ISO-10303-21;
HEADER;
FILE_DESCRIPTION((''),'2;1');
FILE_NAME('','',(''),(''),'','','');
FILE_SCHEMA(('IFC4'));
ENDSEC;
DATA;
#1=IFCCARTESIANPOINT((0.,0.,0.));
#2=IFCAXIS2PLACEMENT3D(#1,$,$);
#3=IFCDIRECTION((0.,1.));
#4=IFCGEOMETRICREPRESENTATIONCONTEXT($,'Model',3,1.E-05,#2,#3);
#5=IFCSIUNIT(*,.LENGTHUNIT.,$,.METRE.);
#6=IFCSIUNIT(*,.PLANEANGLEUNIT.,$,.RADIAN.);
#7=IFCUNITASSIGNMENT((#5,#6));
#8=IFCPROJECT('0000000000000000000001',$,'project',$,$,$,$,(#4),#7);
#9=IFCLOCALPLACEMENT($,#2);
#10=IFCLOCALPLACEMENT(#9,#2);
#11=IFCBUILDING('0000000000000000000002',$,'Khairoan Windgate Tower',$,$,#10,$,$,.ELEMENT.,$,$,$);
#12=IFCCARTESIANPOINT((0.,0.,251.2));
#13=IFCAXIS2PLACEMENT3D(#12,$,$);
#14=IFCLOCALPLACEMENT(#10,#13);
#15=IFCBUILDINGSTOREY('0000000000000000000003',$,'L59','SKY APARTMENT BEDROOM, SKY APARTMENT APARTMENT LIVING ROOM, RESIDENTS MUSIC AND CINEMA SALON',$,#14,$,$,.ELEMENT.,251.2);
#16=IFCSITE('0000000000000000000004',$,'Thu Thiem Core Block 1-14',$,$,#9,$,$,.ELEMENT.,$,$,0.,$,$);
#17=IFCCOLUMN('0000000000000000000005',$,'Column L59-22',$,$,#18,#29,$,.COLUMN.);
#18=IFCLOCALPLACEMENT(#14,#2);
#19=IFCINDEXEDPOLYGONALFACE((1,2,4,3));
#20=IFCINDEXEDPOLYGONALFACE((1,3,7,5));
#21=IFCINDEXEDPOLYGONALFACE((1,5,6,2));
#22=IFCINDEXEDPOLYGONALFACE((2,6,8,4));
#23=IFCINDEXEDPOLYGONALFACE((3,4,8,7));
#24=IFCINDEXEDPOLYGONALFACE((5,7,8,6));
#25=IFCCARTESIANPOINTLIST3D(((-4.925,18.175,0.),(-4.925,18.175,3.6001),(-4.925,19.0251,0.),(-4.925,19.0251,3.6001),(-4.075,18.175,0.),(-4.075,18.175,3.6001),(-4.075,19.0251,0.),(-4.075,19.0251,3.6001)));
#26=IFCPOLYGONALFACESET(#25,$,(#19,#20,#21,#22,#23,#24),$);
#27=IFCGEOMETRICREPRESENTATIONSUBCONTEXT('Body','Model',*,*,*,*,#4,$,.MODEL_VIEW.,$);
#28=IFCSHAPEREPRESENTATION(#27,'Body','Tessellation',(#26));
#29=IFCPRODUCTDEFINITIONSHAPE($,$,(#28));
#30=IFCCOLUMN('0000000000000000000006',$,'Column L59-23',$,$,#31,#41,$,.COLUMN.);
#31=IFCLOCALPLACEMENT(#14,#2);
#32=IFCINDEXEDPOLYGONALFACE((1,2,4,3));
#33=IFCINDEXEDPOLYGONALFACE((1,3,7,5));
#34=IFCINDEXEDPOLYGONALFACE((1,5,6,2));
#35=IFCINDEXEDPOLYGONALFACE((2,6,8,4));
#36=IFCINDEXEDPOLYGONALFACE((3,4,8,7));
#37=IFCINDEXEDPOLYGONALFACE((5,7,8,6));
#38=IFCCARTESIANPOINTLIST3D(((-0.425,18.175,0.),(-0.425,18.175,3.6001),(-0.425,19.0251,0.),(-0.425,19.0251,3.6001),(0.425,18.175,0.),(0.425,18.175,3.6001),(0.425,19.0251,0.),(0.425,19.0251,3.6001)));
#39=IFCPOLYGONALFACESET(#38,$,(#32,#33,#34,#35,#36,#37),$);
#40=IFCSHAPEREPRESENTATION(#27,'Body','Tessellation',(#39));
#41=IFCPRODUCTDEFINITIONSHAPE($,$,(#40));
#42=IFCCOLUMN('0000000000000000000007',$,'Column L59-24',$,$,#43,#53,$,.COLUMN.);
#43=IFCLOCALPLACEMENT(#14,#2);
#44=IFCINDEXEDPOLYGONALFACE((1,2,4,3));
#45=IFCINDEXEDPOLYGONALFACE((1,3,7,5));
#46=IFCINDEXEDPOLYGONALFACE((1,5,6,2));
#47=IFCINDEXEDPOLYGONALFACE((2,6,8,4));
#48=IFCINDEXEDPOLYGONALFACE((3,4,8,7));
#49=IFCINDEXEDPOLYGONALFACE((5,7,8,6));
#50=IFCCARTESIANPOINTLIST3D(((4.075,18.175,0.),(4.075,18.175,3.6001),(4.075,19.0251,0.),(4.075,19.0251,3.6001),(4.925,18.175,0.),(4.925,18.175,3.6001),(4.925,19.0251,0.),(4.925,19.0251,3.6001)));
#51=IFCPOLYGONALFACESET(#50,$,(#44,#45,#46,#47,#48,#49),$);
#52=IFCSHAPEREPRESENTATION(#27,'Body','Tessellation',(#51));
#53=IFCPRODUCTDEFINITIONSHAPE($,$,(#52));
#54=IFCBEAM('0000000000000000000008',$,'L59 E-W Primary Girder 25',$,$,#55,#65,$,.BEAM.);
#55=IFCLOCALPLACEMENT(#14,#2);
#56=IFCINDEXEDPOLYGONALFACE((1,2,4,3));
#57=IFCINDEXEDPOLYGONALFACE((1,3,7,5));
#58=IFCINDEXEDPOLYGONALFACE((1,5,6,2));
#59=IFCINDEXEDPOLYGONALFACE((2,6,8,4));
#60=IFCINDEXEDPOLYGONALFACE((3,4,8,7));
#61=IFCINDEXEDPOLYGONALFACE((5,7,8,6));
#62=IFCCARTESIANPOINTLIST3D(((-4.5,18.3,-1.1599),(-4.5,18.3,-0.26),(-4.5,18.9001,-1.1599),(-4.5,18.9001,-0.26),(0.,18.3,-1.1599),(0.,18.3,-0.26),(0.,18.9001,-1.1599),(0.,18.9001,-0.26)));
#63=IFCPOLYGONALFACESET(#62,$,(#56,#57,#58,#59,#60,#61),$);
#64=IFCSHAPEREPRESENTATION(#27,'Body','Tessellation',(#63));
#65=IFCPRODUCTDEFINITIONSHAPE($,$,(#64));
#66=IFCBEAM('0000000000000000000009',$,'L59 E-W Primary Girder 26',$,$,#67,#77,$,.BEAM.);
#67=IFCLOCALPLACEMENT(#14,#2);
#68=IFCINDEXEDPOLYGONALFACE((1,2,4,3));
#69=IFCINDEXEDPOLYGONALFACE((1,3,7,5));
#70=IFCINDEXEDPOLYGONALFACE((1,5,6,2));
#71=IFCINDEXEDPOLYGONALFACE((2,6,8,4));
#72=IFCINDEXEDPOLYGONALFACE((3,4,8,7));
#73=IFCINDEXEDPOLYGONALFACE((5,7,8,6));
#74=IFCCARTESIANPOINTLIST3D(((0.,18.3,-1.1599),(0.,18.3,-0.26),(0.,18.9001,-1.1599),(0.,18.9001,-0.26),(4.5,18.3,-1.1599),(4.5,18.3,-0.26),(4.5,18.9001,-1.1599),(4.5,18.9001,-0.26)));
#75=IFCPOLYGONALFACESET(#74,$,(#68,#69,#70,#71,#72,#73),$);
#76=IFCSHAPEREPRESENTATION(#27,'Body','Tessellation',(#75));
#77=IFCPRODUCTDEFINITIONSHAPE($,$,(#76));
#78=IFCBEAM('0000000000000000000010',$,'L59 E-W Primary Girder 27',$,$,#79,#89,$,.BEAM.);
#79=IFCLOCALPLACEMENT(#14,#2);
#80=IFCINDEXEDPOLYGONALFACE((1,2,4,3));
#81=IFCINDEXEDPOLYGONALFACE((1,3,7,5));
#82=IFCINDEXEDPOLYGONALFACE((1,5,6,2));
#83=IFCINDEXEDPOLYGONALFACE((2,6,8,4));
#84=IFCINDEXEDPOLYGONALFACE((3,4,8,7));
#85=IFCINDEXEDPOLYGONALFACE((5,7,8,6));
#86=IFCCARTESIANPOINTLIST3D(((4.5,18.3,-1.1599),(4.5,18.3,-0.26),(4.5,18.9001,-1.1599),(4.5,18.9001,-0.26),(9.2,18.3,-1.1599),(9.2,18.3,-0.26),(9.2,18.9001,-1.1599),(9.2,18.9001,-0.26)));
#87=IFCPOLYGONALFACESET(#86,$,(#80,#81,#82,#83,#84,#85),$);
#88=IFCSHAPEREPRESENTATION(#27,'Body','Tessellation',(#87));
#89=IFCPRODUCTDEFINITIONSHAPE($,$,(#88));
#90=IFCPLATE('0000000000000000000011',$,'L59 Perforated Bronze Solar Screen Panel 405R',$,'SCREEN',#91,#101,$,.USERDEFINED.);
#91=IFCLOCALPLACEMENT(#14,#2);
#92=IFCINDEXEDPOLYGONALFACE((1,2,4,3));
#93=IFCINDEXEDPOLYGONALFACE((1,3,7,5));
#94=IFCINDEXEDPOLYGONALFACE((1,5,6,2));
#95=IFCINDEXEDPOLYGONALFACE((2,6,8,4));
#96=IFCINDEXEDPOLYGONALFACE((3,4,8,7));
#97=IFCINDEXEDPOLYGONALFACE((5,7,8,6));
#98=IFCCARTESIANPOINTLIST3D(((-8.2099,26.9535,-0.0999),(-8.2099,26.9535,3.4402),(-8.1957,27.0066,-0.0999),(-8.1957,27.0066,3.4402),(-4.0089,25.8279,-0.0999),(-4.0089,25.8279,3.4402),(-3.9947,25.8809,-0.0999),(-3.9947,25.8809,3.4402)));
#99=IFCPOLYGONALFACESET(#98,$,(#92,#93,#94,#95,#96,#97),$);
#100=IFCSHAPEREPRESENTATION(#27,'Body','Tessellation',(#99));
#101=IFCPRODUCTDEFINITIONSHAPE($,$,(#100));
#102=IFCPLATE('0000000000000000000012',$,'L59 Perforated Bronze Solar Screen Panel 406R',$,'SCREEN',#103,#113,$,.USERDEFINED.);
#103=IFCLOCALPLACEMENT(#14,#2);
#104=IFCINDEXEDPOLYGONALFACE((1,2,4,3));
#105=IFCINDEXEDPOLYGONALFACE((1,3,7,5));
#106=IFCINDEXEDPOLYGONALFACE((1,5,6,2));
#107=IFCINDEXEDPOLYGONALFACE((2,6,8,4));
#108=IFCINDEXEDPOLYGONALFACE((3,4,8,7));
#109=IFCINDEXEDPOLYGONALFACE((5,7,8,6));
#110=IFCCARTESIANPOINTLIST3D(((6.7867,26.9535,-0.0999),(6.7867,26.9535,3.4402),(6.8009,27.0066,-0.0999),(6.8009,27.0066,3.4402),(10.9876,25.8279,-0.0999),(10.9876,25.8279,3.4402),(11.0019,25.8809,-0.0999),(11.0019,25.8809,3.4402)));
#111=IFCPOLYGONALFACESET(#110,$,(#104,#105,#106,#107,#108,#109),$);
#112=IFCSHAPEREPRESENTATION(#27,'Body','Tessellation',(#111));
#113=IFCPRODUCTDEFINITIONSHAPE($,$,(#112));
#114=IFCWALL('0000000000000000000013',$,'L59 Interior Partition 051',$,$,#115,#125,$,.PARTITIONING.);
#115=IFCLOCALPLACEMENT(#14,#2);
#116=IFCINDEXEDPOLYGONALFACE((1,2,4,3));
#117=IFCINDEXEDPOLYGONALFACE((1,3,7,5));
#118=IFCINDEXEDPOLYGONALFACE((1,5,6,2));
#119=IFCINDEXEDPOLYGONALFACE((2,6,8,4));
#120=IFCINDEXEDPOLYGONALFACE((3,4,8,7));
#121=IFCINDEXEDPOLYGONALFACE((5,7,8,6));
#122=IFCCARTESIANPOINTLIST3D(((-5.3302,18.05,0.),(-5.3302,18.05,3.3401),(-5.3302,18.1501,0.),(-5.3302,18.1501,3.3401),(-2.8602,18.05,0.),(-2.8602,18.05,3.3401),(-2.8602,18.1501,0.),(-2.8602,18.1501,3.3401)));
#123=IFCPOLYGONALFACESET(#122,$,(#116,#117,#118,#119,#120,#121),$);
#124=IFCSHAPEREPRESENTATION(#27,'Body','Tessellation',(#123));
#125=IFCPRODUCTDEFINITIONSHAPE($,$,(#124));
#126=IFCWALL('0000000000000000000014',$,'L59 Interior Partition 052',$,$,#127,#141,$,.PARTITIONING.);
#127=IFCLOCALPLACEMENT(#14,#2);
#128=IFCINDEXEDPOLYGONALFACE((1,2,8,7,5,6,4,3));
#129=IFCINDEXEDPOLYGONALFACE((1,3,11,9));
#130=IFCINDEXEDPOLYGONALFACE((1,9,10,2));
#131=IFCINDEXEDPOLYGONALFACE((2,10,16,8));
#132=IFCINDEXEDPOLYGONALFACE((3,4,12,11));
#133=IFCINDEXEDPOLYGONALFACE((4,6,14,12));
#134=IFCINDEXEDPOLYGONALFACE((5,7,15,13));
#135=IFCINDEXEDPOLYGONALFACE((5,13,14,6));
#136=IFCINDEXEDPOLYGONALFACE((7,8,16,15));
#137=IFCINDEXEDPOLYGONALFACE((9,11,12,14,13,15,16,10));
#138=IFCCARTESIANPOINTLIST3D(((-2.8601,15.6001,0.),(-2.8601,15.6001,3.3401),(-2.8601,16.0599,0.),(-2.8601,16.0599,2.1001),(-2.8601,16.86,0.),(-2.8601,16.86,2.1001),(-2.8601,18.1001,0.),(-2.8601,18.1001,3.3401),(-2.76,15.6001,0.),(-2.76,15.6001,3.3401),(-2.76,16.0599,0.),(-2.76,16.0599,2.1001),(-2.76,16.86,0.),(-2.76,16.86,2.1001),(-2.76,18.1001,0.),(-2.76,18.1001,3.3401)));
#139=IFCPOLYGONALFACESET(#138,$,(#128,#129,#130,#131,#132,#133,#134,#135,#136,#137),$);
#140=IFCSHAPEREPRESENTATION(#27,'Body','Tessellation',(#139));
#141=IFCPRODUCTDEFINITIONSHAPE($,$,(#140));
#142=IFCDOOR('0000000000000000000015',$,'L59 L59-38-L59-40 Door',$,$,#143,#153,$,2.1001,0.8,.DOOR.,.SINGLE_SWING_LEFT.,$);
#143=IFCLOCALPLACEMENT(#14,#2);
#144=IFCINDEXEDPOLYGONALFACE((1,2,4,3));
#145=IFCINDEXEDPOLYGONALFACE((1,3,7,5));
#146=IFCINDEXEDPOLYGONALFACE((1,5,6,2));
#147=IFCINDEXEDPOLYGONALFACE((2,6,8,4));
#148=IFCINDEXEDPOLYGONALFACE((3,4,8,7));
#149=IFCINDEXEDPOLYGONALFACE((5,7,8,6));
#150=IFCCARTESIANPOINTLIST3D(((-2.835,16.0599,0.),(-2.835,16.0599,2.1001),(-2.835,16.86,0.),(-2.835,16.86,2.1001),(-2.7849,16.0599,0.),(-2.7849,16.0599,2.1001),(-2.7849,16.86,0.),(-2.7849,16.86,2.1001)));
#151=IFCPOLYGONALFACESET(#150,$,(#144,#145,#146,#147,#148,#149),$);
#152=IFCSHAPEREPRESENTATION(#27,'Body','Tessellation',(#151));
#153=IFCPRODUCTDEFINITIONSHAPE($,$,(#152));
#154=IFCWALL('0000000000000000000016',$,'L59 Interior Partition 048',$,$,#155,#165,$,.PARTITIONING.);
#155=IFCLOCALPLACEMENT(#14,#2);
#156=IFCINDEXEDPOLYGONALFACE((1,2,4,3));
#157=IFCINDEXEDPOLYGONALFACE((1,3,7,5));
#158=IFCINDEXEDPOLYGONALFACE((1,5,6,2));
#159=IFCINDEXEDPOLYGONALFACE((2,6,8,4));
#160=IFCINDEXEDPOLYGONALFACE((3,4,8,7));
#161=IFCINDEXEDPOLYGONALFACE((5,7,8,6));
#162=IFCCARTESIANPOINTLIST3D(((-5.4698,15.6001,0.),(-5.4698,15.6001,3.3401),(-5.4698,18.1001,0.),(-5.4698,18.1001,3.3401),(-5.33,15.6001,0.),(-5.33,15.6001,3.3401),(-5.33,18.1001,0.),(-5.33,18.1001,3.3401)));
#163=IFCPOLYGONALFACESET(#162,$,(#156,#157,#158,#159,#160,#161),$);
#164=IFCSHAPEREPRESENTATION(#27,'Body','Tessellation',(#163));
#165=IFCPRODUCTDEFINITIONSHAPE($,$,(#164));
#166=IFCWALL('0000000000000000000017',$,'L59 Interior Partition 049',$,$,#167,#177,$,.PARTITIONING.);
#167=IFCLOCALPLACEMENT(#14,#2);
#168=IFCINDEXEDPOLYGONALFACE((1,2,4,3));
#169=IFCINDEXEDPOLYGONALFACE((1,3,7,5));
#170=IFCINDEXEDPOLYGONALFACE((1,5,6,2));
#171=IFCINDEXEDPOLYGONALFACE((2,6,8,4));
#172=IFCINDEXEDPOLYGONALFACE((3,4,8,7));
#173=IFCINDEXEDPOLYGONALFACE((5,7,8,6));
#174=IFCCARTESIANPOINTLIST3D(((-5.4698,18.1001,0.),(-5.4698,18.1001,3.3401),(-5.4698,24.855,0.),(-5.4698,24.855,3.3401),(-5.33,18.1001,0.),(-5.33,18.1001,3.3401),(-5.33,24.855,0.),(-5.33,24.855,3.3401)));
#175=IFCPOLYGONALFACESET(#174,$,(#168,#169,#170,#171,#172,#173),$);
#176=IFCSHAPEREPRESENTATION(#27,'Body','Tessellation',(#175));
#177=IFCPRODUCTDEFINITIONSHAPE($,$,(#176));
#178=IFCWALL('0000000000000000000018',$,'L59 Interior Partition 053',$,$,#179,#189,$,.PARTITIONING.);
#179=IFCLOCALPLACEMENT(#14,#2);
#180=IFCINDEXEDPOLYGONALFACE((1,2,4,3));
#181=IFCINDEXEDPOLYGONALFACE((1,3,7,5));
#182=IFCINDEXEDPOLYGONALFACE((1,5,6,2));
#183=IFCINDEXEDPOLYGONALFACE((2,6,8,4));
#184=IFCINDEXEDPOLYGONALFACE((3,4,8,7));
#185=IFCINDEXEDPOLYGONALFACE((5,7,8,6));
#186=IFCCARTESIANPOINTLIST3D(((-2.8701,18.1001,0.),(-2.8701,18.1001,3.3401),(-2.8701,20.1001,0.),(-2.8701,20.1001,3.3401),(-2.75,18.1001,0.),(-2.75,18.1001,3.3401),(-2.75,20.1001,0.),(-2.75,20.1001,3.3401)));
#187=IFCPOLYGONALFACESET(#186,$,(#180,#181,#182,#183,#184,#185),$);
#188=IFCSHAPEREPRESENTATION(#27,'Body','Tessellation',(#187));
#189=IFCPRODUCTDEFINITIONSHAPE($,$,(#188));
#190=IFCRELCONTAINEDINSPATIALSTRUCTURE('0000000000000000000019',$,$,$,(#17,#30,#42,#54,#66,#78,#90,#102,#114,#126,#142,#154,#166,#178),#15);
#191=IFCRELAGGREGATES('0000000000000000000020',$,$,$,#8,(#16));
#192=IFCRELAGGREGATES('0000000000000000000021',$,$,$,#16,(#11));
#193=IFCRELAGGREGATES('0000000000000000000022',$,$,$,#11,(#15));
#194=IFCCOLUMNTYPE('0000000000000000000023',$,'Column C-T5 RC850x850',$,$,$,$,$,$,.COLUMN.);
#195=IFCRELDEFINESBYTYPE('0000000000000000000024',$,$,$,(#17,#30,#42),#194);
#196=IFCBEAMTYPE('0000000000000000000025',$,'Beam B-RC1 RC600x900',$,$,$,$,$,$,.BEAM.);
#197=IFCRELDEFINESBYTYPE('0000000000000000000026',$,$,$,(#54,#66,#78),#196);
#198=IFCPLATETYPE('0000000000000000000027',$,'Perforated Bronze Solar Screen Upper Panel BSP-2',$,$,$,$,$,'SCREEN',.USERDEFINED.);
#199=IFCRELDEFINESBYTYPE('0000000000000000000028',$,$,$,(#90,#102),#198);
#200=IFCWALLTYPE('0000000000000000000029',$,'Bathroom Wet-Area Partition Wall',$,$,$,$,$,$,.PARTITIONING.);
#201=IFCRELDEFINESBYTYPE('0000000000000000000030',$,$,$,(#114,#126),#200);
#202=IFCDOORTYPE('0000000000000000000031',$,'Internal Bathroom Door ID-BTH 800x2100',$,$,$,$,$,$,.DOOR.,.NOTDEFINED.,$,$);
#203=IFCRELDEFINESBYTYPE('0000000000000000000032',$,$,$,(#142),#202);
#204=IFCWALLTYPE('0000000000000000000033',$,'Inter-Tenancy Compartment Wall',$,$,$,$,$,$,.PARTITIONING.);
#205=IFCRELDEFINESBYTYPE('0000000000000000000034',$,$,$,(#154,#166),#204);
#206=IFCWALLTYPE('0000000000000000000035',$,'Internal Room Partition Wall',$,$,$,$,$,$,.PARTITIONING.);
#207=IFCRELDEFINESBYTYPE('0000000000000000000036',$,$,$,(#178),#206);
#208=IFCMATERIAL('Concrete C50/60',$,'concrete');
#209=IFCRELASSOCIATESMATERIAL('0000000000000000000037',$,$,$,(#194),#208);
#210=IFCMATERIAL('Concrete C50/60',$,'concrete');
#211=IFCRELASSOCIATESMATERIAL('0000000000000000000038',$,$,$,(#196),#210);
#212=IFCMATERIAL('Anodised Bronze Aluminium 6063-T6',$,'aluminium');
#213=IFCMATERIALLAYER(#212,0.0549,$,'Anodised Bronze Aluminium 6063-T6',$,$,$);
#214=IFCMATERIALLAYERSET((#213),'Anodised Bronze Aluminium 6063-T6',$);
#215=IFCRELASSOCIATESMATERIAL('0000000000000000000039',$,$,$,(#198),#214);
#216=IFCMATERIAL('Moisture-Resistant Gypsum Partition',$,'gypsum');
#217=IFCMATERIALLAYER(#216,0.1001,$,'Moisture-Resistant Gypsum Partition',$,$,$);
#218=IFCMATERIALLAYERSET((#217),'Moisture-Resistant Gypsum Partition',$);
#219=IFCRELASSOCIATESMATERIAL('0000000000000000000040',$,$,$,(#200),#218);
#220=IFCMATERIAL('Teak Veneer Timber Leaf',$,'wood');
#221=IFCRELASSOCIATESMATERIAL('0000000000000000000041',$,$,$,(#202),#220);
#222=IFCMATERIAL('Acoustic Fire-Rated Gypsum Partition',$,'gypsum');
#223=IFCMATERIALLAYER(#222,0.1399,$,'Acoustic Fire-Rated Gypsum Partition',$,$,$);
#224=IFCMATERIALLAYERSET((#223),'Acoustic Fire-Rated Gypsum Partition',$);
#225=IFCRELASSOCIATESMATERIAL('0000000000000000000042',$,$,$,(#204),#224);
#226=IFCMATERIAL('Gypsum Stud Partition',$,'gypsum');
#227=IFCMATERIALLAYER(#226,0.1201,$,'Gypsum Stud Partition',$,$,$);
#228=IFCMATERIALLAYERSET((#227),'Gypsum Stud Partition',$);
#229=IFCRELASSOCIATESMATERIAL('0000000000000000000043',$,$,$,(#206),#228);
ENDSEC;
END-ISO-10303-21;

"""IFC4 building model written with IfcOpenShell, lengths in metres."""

from ifc_helpers import new_model, si_unit, direction, frame, frame_2d, origin, origin_2d, place, context, subcontext, project, spatial, rectangle, extrude, material, layer, layer_set, material_profile, profile_set, type_object, element, fill, save


model = new_model("IFC4")

# Units and contexts
model_context = context("Model", 3, precision=1e-05, world=origin(), true_north=direction((0.0, 1.0)))
body_context = subcontext(model_context, "Body", "Model", "MODEL_VIEW")
ifc_project = project(units=[si_unit("LENGTHUNIT", "METRE"), si_unit("PLANEANGLEUNIT", "RADIAN")], contexts=[model_context])

# Site, building, storey
site_placement = place(None, origin())
site = spatial("IfcSite", under=ifc_project, at=site_placement, Name="Thu Thiem Core Block 1-14", CompositionType="ELEMENT", RefElevation=0.0)
building_placement = place(site_placement, origin())
building = spatial("IfcBuilding", under=site, at=building_placement, Name="Khairoan Windgate Tower", CompositionType="ELEMENT")
storey_placement = place(building_placement, frame((0.0, 0.0, 251.2)))
storey = spatial("IfcBuildingStorey", under=building, at=storey_placement, Name="L59", Description="SKY APARTMENT BEDROOM, SKY APARTMENT APARTMENT LIVING ROOM, RESIDENTS MUSIC AND CINEMA SALON", CompositionType="ELEMENT", Elevation=251.2)

# Columns
ifc_material_1 = material(Name="Concrete C50/60", Category="concrete")
ifc_material_profile_1 = material_profile(ifc_material_1, rectangle(XDim=0.8501, YDim=0.8501, at=origin_2d()))
ifc_profile_set_1 = profile_set([ifc_material_profile_1], Name="Concrete C50/60")
column_type = type_object("IfcColumnType", Name="Column C-T5 RC850x850", PredefinedType="COLUMN", material=ifc_profile_set_1)
for number, where, z_axis, x_axis, name in (
    (1, (-4.5, 18.6001, 0.0), (0.0, 0.0, 1.0), (1.0, 0.0, 0.0), "Column L59-22"),
    (2, (0.0, 18.6001, 0.0), (0.0, 0.0, 1.0), (1.0, 0.0, 0.0), "Column L59-23"),
    (3, (4.5, 18.6001, 0.0), (0.0, 0.0, 1.0), (1.0, 0.0, 0.0), "Column L59-24"),
):
    element("IfcColumn", number, at=place(storey_placement, frame(where, z_axis=z_axis, x_axis=x_axis)), inside=storey, type_object=column_type, Name=name, PredefinedType="COLUMN", context=body_context, shape_type="SweptSolid", body=[
        extrude(rectangle(XDim=0.8501, YDim=0.8501, at=origin_2d()), origin(), (0.0, 0.0, 1.0), 3.6001),
    ])

# Beams
ifc_material_2 = material(Name="Concrete C50/60", Category="concrete")
ifc_material_profile_2 = material_profile(ifc_material_2, rectangle(XDim=0.6001, YDim=0.8999, at=origin_2d()))
ifc_profile_set_2 = profile_set([ifc_material_profile_2], Name="Concrete C50/60")
beam_type = type_object("IfcBeamType", Name="Beam B-RC1 RC600x900", PredefinedType="BEAM", material=ifc_profile_set_2)
for number, where, z_axis, x_axis, name in (
    (4, (-4.5, 18.6001, -0.71), (1.0, 0.0, 0.0), (0.0, 1.0, 0.0), "L59 E-W Primary Girder 25"),
    (5, (0.0, 18.6001, -0.71), (1.0, 0.0, 0.0), (0.0, 1.0, 0.0), "L59 E-W Primary Girder 26"),
):
    element("IfcBeam", number, at=place(storey_placement, frame(where, z_axis=z_axis, x_axis=x_axis)), inside=storey, type_object=beam_type, Name=name, PredefinedType="BEAM", context=body_context, shape_type="SweptSolid", body=[
        extrude(rectangle(XDim=0.6001, YDim=0.8999, at=origin_2d()), origin(), (0.0, 0.0, 1.0), 4.5),
    ])
beam_placement = place(storey_placement, frame((4.5, 18.6001, -0.71), z_axis=(1.0, 0.0, 0.0), x_axis=(0.0, 1.0, 0.0)))
element("IfcBeam", 6, at=beam_placement, inside=storey, type_object=beam_type, Name="L59 E-W Primary Girder 27", PredefinedType="BEAM", context=body_context, shape_type="SweptSolid", body=[
    extrude(rectangle(XDim=0.6001, YDim=0.8999, at=origin_2d()), origin(), (0.0, 0.0, 1.0), 4.7),
])

# Plates
ifc_material_3 = material(Name="Anodised Bronze Aluminium 6063-T6", Category="aluminium")
ifc_layer_1 = layer(ifc_material_3, 0.0549, Name="Anodised Bronze Aluminium 6063-T6")
ifc_layer_set_1 = layer_set([ifc_layer_1], Name="Anodised Bronze Aluminium 6063-T6")
plate_type = type_object("IfcPlateType", Name="Perforated Bronze Solar Screen Upper Panel BSP-2", ElementType="SCREEN", PredefinedType="USERDEFINED", material=ifc_layer_set_1)
for number, where, z_axis, x_axis, name in (
    (7, (-6.1023, 26.4172, -0.0999), (0.0, 0.0, 1.0), (0.965926, -0.258819, 0.0), "L59 Perforated Bronze Solar Screen Panel 405R"),
    (8, (8.8943, 26.4172, -0.0999), (0.0, 0.0, 1.0), (0.965926, -0.258819, 0.0), "L59 Perforated Bronze Solar Screen Panel 406R"),
):
    element("IfcPlate", number, at=place(storey_placement, frame(where, z_axis=z_axis, x_axis=x_axis)), inside=storey, type_object=plate_type, Name=name, ObjectType="SCREEN", PredefinedType="USERDEFINED", context=body_context, shape_type="SweptSolid", body=[
        extrude(rectangle(XDim=4.3491, YDim=0.0549, at=origin_2d()), origin(), (0.0, 0.0, 1.0), 3.54),
    ])

# Wall
ifc_material_4 = material(Name="Moisture-Resistant Gypsum Partition", Category="gypsum")
ifc_layer_2 = layer(ifc_material_4, 0.1001, Name="Moisture-Resistant Gypsum Partition")
ifc_layer_set_2 = layer_set([ifc_layer_2], Name="Moisture-Resistant Gypsum Partition")
wall_type_1 = type_object("IfcWallType", Name="Bathroom Wet-Area Partition Wall", PredefinedType="PARTITIONING", material=ifc_layer_set_2)
wall_1_placement = place(storey_placement, frame((-5.3301, 18.1001, 0.0), z_axis=(0.0, 0.0, 1.0), x_axis=(1.0, 0.0, 0.0)))
element("IfcWall", 9, at=wall_1_placement, inside=storey, type_object=wall_type_1, Name="L59 Interior Partition 051", PredefinedType="PARTITIONING", context=body_context, shape_type="SweptSolid", body=[
    extrude(rectangle(XDim=2.47, YDim=0.1001, at=frame_2d((1.2349, 0.0))), origin(), (0.0, 0.0, 1.0), 3.3401),
])

# Wall, opening, door
wall_2_placement = place(storey_placement, frame((-2.8101, 15.6001, 0.0), z_axis=(0.0, 0.0, 1.0), x_axis=(0.0, 1.0, 0.0)))
wall_2 = element("IfcWall", 10, at=wall_2_placement, inside=storey, type_object=wall_type_1, Name="L59 Interior Partition 052", PredefinedType="PARTITIONING", context=body_context, shape_type="SweptSolid", body=[
    extrude(rectangle(XDim=2.5, YDim=0.1001, at=frame_2d((1.25, 0.0))), origin(), (0.0, 0.0, 1.0), 3.3401),
])
opening_1_placement = place(wall_2_placement, frame((0.46, 0.0, 0.0)))
opening_1 = element("IfcOpeningElement", 11, at=opening_1_placement, cuts=wall_2, PredefinedType="OPENING", context=body_context, shape_type="SweptSolid", body=[
    extrude(rectangle(XDim=0.8, YDim=2.1001, at=frame_2d((0.3999, 1.05))), frame((0.0, 0.0601, 0.0), z_axis=(0.0, -1.0, 0.0), x_axis=(1.0, 0.0, 0.0)), (0.0, 0.0, 1.0), 0.1201),
])
ifc_material_5 = material(Name="Teak Veneer Timber Leaf", Category="wood")
door_type_1 = type_object("IfcDoorType", Name="Internal Bathroom Door ID-BTH 800x2100", OperationType="NOTDEFINED", PredefinedType="DOOR", material=ifc_material_5)
door_1_placement = place(opening_1_placement, origin())
door_1 = element("IfcDoor", 12, at=door_1_placement, inside=storey, type_object=door_type_1, Name="L59 L59-38-L59-40 Door", OperationType="SINGLE_SWING_LEFT", OverallHeight=2.1001, OverallWidth=0.8, PredefinedType="DOOR", context=body_context, shape_type="SweptSolid", body=[
    extrude(rectangle(XDim=0.8, YDim=2.1001, at=frame_2d((0.3999, 1.05))), frame((0.0, 0.0249, 0.0), z_axis=(0.0, -1.0, 0.0), x_axis=(1.0, 0.0, 0.0)), (0.0, 0.0, 1.0), 0.05),
])
fill(opening_1, door_1)

# Walls
ifc_material_6 = material(Name="Acoustic Fire-Rated Gypsum Partition", Category="gypsum")
ifc_layer_3 = layer(ifc_material_6, 0.1399, Name="Acoustic Fire-Rated Gypsum Partition")
ifc_layer_set_3 = layer_set([ifc_layer_3], Name="Acoustic Fire-Rated Gypsum Partition")
wall_type_2 = type_object("IfcWallType", Name="Inter-Tenancy Compartment Wall", PredefinedType="PARTITIONING", material=ifc_layer_set_3)
wall_3_placement = place(storey_placement, frame((-5.3999, 15.6001, 0.0), z_axis=(0.0, 0.0, 1.0), x_axis=(0.0, 1.0, 0.0)))
element("IfcWall", 13, at=wall_3_placement, inside=storey, type_object=wall_type_2, Name="L59 Interior Partition 048", PredefinedType="PARTITIONING", context=body_context, shape_type="SweptSolid", body=[
    extrude(rectangle(XDim=2.5, YDim=0.1399, at=frame_2d((1.25, 0.0))), origin(), (0.0, 0.0, 1.0), 3.3401),
])
wall_4_placement = place(storey_placement, frame((-5.3999, 18.1001, 0.0), z_axis=(0.0, 0.0, 1.0), x_axis=(0.0, 1.0, 0.0)))
element("IfcWall", 14, at=wall_4_placement, inside=storey, type_object=wall_type_2, Name="L59 Interior Partition 049", PredefinedType="PARTITIONING", context=body_context, shape_type="SweptSolid", body=[
    extrude(rectangle(XDim=6.7549, YDim=0.1399, at=frame_2d((3.3774, 0.0))), origin(), (0.0, 0.0, 1.0), 3.3401),
])
ifc_material_7 = material(Name="Gypsum Stud Partition", Category="gypsum")
ifc_layer_4 = layer(ifc_material_7, 0.1201, Name="Gypsum Stud Partition")
ifc_layer_set_4 = layer_set([ifc_layer_4], Name="Gypsum Stud Partition")
wall_type_3 = type_object("IfcWallType", Name="Internal Room Partition Wall", PredefinedType="PARTITIONING", material=ifc_layer_set_4)
wall_5_placement = place(storey_placement, frame((-2.8101, 18.1001, 0.0), z_axis=(0.0, 0.0, 1.0), x_axis=(0.0, 1.0, 0.0)))
element("IfcWall", 15, at=wall_5_placement, inside=storey, type_object=wall_type_3, Name="L59 Interior Partition 053", PredefinedType="PARTITIONING", context=body_context, shape_type="SweptSolid", body=[
    extrude(rectangle(XDim=2.0, YDim=0.1201, at=frame_2d((1.0, 0.0))), origin(), (0.0, 0.0, 1.0), 3.3401),
])

save(model, "model.ifc")
